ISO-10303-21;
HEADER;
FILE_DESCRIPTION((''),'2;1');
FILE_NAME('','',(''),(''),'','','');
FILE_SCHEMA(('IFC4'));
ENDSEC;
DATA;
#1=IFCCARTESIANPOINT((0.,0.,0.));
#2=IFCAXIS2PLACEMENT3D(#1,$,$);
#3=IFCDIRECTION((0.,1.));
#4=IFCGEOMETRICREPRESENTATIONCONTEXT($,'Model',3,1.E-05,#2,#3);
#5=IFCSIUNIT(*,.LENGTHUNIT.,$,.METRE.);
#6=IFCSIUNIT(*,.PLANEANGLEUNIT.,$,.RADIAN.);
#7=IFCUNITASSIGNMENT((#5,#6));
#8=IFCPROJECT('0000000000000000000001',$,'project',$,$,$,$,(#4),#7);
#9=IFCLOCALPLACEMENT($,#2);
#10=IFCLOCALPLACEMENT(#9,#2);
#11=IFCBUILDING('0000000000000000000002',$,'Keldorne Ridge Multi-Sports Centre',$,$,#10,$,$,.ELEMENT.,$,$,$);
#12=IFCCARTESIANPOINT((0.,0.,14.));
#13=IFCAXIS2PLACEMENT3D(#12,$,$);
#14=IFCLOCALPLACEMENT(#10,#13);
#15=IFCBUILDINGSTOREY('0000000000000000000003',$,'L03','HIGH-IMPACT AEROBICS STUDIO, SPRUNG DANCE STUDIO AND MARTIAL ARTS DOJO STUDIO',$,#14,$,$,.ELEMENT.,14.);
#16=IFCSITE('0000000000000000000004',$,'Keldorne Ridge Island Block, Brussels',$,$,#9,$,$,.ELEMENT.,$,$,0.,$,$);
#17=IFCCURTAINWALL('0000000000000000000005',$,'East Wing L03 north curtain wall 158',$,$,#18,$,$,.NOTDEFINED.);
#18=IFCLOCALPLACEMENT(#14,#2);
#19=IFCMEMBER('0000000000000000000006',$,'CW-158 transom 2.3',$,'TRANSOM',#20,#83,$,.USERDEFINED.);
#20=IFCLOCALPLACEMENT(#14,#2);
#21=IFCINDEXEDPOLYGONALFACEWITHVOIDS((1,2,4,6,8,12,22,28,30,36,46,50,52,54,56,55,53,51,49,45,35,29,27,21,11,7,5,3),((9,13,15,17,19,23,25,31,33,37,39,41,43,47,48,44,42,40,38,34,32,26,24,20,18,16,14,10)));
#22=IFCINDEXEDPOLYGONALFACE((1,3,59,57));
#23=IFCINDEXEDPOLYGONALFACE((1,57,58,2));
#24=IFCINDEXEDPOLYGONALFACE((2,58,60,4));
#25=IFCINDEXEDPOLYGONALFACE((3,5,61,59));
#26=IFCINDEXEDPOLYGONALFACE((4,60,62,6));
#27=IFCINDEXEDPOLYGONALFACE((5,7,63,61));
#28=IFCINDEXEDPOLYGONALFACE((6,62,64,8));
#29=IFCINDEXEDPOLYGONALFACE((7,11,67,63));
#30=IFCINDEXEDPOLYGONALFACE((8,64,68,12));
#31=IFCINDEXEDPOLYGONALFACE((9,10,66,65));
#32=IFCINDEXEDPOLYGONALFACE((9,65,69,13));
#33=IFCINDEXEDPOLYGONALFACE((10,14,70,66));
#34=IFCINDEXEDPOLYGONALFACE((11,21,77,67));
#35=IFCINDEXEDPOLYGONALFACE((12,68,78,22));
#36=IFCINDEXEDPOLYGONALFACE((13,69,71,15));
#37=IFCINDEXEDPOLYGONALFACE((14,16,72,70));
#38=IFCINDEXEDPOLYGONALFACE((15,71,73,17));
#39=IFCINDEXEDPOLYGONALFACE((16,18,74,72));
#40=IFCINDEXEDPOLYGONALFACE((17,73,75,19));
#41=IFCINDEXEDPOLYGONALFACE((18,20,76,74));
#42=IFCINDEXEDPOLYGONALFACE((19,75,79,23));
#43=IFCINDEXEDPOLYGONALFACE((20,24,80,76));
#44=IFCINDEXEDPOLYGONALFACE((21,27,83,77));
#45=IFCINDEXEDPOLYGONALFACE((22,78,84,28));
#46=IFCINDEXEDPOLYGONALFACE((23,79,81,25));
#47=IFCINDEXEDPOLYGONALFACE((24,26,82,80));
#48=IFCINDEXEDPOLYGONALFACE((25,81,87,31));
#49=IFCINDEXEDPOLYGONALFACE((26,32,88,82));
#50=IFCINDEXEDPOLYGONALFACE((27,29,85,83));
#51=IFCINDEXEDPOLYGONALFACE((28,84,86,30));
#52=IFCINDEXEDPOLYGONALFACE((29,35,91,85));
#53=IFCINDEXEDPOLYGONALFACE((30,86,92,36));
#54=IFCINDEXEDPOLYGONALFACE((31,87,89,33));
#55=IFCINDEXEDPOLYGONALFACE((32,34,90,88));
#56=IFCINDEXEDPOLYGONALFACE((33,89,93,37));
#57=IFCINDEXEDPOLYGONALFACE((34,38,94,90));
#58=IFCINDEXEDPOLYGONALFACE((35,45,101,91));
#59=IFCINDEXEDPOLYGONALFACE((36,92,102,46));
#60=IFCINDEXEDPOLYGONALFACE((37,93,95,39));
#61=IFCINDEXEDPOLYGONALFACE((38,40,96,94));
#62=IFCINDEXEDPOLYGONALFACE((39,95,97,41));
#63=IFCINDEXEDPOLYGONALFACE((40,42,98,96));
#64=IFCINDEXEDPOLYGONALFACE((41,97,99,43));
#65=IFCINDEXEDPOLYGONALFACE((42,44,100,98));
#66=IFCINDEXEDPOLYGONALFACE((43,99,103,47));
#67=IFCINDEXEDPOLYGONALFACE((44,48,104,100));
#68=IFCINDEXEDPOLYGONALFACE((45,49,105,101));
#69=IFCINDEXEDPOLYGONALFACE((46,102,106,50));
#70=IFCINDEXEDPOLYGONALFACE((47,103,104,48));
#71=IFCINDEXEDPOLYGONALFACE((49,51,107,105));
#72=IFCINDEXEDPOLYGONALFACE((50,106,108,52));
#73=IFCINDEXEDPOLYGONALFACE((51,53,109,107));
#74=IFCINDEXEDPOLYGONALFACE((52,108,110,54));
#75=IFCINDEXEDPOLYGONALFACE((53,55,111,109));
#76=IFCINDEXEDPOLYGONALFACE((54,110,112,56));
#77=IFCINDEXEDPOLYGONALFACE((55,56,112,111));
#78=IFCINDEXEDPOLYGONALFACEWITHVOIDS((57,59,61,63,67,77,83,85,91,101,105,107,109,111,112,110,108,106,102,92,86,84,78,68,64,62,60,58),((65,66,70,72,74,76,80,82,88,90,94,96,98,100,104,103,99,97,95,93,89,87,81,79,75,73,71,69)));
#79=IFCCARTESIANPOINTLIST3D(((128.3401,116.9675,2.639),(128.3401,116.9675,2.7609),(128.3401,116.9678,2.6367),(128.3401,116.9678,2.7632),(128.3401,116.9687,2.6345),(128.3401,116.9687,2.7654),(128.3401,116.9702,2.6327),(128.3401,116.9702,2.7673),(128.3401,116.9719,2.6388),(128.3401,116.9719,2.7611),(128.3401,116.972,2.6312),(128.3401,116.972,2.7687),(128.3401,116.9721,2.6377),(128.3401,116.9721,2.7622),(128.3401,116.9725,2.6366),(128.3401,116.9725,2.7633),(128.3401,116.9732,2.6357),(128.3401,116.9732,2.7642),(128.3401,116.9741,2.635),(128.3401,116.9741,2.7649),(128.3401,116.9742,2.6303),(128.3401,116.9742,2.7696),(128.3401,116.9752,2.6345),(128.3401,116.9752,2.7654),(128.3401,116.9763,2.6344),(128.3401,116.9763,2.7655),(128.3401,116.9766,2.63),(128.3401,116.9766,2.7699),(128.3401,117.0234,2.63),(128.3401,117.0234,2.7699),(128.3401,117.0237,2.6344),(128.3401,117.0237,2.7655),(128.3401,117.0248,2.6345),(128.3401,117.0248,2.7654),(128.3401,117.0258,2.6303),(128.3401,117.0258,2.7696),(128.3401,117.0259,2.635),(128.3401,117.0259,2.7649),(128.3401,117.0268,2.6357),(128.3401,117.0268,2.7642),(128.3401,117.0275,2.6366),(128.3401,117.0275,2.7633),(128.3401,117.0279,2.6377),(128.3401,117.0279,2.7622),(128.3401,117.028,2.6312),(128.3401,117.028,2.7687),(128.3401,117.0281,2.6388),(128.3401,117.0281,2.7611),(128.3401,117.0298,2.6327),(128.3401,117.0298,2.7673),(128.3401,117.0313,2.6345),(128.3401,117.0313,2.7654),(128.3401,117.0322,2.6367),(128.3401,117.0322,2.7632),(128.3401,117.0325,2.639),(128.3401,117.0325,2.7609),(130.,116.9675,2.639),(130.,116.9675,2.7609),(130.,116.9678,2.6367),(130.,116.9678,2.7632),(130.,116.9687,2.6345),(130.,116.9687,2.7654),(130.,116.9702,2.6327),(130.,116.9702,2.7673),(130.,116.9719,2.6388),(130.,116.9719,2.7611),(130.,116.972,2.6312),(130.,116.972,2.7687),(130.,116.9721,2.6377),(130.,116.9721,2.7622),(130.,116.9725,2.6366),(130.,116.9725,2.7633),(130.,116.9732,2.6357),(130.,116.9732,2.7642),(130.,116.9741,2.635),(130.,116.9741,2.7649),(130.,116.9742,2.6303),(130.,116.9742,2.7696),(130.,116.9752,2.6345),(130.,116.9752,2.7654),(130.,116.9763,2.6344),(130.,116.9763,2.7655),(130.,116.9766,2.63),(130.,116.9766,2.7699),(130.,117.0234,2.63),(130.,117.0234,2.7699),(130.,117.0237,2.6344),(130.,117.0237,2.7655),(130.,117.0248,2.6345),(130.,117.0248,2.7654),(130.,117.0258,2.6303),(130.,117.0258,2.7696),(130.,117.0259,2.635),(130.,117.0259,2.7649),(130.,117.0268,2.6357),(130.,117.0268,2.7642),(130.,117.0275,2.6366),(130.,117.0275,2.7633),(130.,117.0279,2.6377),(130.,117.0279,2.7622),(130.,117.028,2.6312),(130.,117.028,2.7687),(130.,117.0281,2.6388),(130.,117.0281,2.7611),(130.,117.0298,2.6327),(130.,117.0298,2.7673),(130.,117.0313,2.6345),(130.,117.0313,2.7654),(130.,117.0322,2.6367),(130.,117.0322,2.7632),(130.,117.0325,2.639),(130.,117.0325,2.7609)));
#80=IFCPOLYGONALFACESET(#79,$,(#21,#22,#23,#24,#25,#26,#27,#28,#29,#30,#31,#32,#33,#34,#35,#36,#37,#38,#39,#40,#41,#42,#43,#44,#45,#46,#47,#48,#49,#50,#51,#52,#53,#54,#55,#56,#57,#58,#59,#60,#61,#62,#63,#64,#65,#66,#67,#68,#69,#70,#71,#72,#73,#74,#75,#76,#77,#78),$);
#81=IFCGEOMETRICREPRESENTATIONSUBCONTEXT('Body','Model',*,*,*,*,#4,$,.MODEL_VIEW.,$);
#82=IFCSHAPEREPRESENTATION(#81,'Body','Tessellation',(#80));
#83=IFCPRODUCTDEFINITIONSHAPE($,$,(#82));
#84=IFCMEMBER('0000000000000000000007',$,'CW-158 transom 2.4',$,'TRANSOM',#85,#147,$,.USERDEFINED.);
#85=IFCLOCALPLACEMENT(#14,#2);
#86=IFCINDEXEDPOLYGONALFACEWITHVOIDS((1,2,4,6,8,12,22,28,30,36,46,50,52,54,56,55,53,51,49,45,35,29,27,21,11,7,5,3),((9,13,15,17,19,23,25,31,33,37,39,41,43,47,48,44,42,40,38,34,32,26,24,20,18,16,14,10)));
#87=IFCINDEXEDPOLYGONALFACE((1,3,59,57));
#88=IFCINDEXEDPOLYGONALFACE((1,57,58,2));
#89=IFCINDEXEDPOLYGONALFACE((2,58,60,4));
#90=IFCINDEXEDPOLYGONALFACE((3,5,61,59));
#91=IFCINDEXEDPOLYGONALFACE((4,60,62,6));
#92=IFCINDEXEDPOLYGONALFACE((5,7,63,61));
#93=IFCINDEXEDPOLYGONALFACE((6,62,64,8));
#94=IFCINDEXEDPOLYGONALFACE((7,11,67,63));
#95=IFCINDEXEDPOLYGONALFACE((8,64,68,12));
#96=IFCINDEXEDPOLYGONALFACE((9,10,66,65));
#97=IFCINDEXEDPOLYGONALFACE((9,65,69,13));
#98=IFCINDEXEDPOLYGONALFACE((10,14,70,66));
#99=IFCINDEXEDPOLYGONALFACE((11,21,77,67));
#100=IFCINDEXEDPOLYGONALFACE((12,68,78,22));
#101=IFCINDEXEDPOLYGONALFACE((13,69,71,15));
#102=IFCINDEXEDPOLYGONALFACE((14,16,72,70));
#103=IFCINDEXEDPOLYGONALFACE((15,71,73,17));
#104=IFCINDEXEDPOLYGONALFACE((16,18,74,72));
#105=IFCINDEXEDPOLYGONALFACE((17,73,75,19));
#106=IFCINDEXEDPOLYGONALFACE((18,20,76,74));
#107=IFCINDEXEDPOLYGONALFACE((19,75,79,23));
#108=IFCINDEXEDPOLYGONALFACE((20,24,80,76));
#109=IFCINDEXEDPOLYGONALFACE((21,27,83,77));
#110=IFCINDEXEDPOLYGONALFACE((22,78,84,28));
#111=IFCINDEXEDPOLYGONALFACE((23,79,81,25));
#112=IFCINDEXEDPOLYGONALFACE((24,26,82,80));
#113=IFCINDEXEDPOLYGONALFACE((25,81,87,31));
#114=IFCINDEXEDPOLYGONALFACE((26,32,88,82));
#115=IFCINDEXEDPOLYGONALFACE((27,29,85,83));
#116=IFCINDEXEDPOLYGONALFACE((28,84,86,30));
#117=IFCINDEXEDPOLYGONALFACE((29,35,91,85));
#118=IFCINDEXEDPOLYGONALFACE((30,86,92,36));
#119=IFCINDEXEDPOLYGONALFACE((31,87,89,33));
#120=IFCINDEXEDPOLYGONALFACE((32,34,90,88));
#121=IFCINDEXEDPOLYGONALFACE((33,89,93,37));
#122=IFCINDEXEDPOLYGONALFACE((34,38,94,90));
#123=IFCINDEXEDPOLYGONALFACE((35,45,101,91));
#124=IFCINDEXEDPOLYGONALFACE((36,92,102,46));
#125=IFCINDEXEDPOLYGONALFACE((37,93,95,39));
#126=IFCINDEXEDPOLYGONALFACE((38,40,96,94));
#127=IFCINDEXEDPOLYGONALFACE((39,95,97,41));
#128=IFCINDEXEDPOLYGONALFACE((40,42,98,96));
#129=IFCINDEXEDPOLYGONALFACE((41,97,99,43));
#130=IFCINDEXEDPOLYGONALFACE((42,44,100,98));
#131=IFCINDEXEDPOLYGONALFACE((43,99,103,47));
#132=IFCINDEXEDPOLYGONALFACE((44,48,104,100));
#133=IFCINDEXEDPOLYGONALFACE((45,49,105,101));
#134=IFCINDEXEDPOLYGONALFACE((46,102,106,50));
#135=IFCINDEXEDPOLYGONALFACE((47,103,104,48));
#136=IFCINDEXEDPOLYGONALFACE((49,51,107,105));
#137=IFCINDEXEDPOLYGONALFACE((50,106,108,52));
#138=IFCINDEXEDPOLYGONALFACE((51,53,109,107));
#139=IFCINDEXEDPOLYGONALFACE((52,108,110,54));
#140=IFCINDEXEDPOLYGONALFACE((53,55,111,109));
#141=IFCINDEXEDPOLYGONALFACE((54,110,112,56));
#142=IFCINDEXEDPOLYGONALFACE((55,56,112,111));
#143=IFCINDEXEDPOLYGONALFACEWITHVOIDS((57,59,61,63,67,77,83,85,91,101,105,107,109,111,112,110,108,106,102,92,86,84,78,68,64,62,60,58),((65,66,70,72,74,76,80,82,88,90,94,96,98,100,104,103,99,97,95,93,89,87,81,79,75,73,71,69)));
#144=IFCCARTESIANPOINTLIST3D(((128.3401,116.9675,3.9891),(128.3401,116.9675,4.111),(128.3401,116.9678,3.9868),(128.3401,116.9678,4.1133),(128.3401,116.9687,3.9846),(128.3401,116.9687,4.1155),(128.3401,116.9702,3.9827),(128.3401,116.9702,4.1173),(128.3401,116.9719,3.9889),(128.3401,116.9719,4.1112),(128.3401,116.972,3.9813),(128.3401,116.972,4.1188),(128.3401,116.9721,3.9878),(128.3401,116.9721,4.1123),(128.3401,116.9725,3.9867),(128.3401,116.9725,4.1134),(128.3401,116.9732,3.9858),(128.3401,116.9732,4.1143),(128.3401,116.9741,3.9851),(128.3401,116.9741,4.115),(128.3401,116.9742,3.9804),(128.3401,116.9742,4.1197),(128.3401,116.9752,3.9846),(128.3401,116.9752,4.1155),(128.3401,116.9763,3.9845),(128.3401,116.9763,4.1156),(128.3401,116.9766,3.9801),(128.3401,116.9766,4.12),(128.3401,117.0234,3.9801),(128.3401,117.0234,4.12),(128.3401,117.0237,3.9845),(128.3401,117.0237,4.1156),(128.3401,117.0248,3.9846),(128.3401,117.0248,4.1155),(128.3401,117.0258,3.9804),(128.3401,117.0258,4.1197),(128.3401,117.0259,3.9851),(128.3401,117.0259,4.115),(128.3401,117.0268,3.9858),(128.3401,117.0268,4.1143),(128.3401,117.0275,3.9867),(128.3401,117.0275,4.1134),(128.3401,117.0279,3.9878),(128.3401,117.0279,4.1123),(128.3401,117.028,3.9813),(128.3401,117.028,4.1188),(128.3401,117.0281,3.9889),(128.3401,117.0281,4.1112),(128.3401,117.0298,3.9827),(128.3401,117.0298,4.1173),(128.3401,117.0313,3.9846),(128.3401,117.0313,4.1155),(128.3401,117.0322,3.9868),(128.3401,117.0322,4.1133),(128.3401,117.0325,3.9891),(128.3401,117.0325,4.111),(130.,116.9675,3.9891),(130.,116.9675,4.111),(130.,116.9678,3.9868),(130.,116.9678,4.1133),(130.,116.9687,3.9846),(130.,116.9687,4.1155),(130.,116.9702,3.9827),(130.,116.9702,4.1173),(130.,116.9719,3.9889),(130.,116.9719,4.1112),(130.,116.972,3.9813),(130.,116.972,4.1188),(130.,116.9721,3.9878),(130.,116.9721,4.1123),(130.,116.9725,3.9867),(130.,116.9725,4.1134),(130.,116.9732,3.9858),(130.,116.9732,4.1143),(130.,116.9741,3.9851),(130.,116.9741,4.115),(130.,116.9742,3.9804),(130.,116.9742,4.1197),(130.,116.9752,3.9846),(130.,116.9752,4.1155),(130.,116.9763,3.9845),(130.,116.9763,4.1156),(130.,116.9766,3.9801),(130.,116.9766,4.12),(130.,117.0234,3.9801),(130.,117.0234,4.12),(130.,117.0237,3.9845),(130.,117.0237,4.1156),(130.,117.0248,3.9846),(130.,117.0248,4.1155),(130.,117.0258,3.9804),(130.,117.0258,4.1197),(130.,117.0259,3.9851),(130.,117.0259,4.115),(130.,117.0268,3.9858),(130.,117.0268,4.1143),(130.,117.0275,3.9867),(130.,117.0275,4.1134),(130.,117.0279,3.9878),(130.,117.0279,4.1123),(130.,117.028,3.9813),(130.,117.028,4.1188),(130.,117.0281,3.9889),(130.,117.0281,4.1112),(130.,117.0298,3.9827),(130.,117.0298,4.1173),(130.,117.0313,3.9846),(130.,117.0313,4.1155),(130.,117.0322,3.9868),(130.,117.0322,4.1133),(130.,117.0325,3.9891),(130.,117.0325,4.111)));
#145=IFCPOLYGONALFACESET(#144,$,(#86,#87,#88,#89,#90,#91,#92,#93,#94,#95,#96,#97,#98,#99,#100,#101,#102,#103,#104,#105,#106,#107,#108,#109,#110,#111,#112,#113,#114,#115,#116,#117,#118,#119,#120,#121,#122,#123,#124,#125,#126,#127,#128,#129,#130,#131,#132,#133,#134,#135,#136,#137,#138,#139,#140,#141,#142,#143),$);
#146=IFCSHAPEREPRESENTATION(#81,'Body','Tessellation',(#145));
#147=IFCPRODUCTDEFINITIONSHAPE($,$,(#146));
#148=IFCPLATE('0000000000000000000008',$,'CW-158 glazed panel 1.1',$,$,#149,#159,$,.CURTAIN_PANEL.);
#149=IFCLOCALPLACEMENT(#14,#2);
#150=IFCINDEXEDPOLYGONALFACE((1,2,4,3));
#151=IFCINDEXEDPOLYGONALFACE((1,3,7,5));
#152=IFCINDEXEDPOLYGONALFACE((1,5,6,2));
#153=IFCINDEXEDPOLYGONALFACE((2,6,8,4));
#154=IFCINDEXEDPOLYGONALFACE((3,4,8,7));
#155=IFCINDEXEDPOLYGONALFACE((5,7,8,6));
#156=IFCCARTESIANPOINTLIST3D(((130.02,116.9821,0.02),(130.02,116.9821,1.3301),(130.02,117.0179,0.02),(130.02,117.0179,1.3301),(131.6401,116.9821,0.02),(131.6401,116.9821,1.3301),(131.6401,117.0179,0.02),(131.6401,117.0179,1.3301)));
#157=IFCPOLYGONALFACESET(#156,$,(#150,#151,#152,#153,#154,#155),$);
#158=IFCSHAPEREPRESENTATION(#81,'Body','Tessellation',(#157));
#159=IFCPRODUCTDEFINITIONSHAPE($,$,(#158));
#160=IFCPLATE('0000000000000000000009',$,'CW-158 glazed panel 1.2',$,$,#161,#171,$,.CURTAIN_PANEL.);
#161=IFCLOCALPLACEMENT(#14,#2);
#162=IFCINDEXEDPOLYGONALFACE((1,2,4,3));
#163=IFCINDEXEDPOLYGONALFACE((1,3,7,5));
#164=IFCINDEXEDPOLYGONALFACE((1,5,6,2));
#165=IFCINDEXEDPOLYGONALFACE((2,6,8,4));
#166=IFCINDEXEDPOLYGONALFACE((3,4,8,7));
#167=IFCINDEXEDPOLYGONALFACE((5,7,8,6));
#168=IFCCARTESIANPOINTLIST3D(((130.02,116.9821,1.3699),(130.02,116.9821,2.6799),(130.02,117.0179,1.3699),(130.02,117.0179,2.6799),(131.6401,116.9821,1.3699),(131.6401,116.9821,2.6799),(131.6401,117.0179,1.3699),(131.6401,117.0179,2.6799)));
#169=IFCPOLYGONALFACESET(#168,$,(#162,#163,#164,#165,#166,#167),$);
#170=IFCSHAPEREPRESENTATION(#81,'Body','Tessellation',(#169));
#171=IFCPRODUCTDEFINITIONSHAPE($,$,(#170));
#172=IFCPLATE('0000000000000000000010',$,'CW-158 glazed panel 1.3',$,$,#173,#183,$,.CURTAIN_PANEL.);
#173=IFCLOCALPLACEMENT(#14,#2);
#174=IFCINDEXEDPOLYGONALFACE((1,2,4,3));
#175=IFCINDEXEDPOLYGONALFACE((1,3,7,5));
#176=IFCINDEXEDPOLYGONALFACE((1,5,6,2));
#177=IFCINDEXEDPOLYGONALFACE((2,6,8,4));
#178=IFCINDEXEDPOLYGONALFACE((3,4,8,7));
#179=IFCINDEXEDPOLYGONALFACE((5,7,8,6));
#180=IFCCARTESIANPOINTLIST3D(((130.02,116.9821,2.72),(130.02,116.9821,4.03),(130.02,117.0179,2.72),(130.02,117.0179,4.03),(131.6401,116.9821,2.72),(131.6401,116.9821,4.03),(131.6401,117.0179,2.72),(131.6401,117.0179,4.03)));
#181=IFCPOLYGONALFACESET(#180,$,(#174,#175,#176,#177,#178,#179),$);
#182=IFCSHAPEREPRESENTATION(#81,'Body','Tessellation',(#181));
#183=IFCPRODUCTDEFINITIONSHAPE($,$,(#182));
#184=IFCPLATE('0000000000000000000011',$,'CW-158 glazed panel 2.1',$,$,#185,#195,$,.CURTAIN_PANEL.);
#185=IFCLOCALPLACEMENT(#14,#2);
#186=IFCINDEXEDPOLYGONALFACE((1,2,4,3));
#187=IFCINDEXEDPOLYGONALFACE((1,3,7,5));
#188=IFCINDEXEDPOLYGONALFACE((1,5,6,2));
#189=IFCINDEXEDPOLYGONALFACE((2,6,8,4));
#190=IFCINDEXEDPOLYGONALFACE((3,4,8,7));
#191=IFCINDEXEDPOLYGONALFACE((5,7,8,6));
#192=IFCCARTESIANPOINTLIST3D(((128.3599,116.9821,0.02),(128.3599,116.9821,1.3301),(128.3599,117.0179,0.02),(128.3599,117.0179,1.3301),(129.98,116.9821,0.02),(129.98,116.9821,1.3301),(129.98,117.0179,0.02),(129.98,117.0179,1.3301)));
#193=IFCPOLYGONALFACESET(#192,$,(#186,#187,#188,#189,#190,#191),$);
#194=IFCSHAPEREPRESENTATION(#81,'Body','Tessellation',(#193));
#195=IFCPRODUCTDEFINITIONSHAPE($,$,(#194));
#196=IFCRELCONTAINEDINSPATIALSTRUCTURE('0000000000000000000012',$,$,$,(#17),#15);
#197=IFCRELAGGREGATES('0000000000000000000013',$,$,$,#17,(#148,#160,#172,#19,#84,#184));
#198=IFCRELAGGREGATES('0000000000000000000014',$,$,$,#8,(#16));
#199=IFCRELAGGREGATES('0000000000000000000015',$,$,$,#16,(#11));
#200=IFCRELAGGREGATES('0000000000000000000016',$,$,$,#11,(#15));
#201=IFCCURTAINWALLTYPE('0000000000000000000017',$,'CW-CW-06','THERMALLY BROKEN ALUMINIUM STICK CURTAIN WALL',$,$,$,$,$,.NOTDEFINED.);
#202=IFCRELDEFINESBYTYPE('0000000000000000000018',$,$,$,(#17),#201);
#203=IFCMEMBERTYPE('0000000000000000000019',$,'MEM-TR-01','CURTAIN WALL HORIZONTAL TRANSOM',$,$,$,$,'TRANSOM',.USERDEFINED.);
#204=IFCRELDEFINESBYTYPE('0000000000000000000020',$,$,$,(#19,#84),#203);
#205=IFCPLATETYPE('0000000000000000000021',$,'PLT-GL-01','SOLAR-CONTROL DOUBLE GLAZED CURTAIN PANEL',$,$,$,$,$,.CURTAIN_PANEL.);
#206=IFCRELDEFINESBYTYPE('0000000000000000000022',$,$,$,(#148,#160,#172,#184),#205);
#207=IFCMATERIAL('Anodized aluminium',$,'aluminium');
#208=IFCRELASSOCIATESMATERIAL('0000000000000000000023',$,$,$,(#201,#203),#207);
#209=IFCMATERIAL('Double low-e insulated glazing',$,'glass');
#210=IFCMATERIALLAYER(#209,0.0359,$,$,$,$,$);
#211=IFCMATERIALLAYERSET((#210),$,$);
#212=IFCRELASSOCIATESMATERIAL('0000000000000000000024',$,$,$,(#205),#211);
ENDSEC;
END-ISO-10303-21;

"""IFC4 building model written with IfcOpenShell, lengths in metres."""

from ifc_helpers import new_model, si_unit, direction, frame, origin, origin_2d, place, context, subcontext, project, spatial, rectangle, hollow_rectangle, extrude, material, layer, layer_set, material_profile, profile_set, type_object, element, aggregate, save


model = new_model("IFC4")

# Units and contexts
model_context = context("Model", 3, precision=1e-05, world=origin(), true_north=direction((0.0, 1.0)))
body_context = subcontext(model_context, "Body", "Model", "MODEL_VIEW")
ifc_project = project(units=[si_unit("LENGTHUNIT", "METRE"), si_unit("PLANEANGLEUNIT", "RADIAN")], contexts=[model_context])

# Site, building, storey
site_placement = place(None, origin())
site = spatial("IfcSite", under=ifc_project, at=site_placement, Name="Keldorne Ridge Island Block, Brussels", CompositionType="ELEMENT", RefElevation=0.0)
building_placement = place(site_placement, origin())
building = spatial("IfcBuilding", under=site, at=building_placement, Name="Keldorne Ridge Multi-Sports Centre", CompositionType="ELEMENT")
storey_placement = place(building_placement, frame((0.0, 0.0, 14.0)))
storey = spatial("IfcBuildingStorey", under=building, at=storey_placement, Name="L03", Description="HIGH-IMPACT AEROBICS STUDIO, SPRUNG DANCE STUDIO AND MARTIAL ARTS DOJO STUDIO", CompositionType="ELEMENT", Elevation=14.0)

# Curtain wall, members, plates
ifc_material_1 = material(Name="Anodized aluminium", Category="aluminium")
curtain_wall_type = type_object("IfcCurtainWallType", Name="CW-CW-06", Description="THERMALLY BROKEN ALUMINIUM STICK CURTAIN WALL", PredefinedType="NOTDEFINED", material=ifc_material_1)
curtain_wall_placement = place(storey_placement, origin())
curtain_wall = element("IfcCurtainWall", 1, at=curtain_wall_placement, inside=storey, type_object=curtain_wall_type, Name="East Wing L03 north curtain wall 158", PredefinedType="NOTDEFINED")
ifc_material_profile_1 = material_profile(ifc_material_1, hollow_rectangle(XDim=0.0649, YDim=0.1399, WallThickness=0.0044, InnerFilletRadius=0.0044, OuterFilletRadius=0.009, at=origin_2d()), Name="ALU TRANSOM 140x65x4.5")
ifc_profile_set_1 = profile_set([ifc_material_profile_1], Name="Anodized aluminium")
member_type_1 = type_object("IfcMemberType", Name="MEM-TR-01", Description="CURTAIN WALL HORIZONTAL TRANSOM", ElementType="TRANSOM", PredefinedType="USERDEFINED", material=ifc_profile_set_1)
member_1_placement = place(storey_placement, frame((130.0, 117.0, 2.7), z_axis=(-1.0, 0.0, 0.0), x_axis=(0.0, -1.0, 0.0)))
member_1 = element("IfcMember", 2, at=member_1_placement, type_object=member_type_1, Name="CW-158 transom 2.3", ObjectType="TRANSOM", PredefinedType="USERDEFINED", context=body_context, shape_type="SweptSolid", body=[
    extrude(hollow_rectangle(XDim=0.0649, YDim=0.1399, WallThickness=0.0044, InnerFilletRadius=0.0044, OuterFilletRadius=0.009, at=origin_2d()), origin(), (0.0, 0.0, 1.0), 1.6599),
])
member_2_placement = place(storey_placement, frame((130.0, 117.0, 4.05), z_axis=(-1.0, 0.0, 0.0), x_axis=(0.0, -1.0, 0.0)))
member_2 = element("IfcMember", 3, at=member_2_placement, type_object=member_type_1, Name="CW-158 transom 2.4", ObjectType="TRANSOM", PredefinedType="USERDEFINED", context=body_context, shape_type="SweptSolid", body=[
    extrude(hollow_rectangle(XDim=0.0649, YDim=0.1399, WallThickness=0.0044, InnerFilletRadius=0.0044, OuterFilletRadius=0.009, at=origin_2d()), origin(), (0.0, 0.0, 1.0), 1.6599),
])
ifc_material_2 = material(Name="Double low-e insulated glazing", Category="glass")
ifc_layer_1 = layer(ifc_material_2, 0.0359)
ifc_layer_set_1 = layer_set([ifc_layer_1])
plate_type = type_object("IfcPlateType", Name="PLT-GL-01", Description="SOLAR-CONTROL DOUBLE GLAZED CURTAIN PANEL", PredefinedType="CURTAIN_PANEL", material=ifc_layer_set_1)
plate_1_placement = place(storey_placement, frame((130.8301, 117.0, 0.02), z_axis=(0.0, 0.0, 1.0), x_axis=(-1.0, 0.0, 0.0)))
plate_1 = element("IfcPlate", 4, at=plate_1_placement, type_object=plate_type, Name="CW-158 glazed panel 1.1", PredefinedType="CURTAIN_PANEL", context=body_context, shape_type="SweptSolid", body=[
    extrude(rectangle(XDim=1.6201, YDim=0.0359, at=origin_2d()), origin(), (0.0, 0.0, 1.0), 1.3101),
])
plate_2_placement = place(storey_placement, frame((130.8301, 117.0, 1.3699), z_axis=(0.0, 0.0, 1.0), x_axis=(-1.0, 0.0, 0.0)))
plate_2 = element("IfcPlate", 5, at=plate_2_placement, type_object=plate_type, Name="CW-158 glazed panel 1.2", PredefinedType="CURTAIN_PANEL", context=body_context, shape_type="SweptSolid", body=[
    extrude(rectangle(XDim=1.6201, YDim=0.0359, at=origin_2d()), origin(), (0.0, 0.0, 1.0), 1.3101),
])
plate_3_placement = place(storey_placement, frame((130.8301, 117.0, 2.72), z_axis=(0.0, 0.0, 1.0), x_axis=(-1.0, 0.0, 0.0)))
plate_3 = element("IfcPlate", 6, at=plate_3_placement, type_object=plate_type, Name="CW-158 glazed panel 1.3", PredefinedType="CURTAIN_PANEL", context=body_context, shape_type="SweptSolid", body=[
    extrude(rectangle(XDim=1.6201, YDim=0.0359, at=origin_2d()), origin(), (0.0, 0.0, 1.0), 1.3101),
])
plate_4_placement = place(storey_placement, frame((129.1699, 117.0, 0.02), z_axis=(0.0, 0.0, 1.0), x_axis=(-1.0, 0.0, 0.0)))
plate_4 = element("IfcPlate", 7, at=plate_4_placement, type_object=plate_type, Name="CW-158 glazed panel 2.1", PredefinedType="CURTAIN_PANEL", context=body_context, shape_type="SweptSolid", body=[
    extrude(rectangle(XDim=1.6201, YDim=0.0359, at=origin_2d()), origin(), (0.0, 0.0, 1.0), 1.3101),
])
aggregate(curtain_wall, [plate_1, plate_2, plate_3, member_1, member_2, plate_4])

save(model, "model.ifc")
